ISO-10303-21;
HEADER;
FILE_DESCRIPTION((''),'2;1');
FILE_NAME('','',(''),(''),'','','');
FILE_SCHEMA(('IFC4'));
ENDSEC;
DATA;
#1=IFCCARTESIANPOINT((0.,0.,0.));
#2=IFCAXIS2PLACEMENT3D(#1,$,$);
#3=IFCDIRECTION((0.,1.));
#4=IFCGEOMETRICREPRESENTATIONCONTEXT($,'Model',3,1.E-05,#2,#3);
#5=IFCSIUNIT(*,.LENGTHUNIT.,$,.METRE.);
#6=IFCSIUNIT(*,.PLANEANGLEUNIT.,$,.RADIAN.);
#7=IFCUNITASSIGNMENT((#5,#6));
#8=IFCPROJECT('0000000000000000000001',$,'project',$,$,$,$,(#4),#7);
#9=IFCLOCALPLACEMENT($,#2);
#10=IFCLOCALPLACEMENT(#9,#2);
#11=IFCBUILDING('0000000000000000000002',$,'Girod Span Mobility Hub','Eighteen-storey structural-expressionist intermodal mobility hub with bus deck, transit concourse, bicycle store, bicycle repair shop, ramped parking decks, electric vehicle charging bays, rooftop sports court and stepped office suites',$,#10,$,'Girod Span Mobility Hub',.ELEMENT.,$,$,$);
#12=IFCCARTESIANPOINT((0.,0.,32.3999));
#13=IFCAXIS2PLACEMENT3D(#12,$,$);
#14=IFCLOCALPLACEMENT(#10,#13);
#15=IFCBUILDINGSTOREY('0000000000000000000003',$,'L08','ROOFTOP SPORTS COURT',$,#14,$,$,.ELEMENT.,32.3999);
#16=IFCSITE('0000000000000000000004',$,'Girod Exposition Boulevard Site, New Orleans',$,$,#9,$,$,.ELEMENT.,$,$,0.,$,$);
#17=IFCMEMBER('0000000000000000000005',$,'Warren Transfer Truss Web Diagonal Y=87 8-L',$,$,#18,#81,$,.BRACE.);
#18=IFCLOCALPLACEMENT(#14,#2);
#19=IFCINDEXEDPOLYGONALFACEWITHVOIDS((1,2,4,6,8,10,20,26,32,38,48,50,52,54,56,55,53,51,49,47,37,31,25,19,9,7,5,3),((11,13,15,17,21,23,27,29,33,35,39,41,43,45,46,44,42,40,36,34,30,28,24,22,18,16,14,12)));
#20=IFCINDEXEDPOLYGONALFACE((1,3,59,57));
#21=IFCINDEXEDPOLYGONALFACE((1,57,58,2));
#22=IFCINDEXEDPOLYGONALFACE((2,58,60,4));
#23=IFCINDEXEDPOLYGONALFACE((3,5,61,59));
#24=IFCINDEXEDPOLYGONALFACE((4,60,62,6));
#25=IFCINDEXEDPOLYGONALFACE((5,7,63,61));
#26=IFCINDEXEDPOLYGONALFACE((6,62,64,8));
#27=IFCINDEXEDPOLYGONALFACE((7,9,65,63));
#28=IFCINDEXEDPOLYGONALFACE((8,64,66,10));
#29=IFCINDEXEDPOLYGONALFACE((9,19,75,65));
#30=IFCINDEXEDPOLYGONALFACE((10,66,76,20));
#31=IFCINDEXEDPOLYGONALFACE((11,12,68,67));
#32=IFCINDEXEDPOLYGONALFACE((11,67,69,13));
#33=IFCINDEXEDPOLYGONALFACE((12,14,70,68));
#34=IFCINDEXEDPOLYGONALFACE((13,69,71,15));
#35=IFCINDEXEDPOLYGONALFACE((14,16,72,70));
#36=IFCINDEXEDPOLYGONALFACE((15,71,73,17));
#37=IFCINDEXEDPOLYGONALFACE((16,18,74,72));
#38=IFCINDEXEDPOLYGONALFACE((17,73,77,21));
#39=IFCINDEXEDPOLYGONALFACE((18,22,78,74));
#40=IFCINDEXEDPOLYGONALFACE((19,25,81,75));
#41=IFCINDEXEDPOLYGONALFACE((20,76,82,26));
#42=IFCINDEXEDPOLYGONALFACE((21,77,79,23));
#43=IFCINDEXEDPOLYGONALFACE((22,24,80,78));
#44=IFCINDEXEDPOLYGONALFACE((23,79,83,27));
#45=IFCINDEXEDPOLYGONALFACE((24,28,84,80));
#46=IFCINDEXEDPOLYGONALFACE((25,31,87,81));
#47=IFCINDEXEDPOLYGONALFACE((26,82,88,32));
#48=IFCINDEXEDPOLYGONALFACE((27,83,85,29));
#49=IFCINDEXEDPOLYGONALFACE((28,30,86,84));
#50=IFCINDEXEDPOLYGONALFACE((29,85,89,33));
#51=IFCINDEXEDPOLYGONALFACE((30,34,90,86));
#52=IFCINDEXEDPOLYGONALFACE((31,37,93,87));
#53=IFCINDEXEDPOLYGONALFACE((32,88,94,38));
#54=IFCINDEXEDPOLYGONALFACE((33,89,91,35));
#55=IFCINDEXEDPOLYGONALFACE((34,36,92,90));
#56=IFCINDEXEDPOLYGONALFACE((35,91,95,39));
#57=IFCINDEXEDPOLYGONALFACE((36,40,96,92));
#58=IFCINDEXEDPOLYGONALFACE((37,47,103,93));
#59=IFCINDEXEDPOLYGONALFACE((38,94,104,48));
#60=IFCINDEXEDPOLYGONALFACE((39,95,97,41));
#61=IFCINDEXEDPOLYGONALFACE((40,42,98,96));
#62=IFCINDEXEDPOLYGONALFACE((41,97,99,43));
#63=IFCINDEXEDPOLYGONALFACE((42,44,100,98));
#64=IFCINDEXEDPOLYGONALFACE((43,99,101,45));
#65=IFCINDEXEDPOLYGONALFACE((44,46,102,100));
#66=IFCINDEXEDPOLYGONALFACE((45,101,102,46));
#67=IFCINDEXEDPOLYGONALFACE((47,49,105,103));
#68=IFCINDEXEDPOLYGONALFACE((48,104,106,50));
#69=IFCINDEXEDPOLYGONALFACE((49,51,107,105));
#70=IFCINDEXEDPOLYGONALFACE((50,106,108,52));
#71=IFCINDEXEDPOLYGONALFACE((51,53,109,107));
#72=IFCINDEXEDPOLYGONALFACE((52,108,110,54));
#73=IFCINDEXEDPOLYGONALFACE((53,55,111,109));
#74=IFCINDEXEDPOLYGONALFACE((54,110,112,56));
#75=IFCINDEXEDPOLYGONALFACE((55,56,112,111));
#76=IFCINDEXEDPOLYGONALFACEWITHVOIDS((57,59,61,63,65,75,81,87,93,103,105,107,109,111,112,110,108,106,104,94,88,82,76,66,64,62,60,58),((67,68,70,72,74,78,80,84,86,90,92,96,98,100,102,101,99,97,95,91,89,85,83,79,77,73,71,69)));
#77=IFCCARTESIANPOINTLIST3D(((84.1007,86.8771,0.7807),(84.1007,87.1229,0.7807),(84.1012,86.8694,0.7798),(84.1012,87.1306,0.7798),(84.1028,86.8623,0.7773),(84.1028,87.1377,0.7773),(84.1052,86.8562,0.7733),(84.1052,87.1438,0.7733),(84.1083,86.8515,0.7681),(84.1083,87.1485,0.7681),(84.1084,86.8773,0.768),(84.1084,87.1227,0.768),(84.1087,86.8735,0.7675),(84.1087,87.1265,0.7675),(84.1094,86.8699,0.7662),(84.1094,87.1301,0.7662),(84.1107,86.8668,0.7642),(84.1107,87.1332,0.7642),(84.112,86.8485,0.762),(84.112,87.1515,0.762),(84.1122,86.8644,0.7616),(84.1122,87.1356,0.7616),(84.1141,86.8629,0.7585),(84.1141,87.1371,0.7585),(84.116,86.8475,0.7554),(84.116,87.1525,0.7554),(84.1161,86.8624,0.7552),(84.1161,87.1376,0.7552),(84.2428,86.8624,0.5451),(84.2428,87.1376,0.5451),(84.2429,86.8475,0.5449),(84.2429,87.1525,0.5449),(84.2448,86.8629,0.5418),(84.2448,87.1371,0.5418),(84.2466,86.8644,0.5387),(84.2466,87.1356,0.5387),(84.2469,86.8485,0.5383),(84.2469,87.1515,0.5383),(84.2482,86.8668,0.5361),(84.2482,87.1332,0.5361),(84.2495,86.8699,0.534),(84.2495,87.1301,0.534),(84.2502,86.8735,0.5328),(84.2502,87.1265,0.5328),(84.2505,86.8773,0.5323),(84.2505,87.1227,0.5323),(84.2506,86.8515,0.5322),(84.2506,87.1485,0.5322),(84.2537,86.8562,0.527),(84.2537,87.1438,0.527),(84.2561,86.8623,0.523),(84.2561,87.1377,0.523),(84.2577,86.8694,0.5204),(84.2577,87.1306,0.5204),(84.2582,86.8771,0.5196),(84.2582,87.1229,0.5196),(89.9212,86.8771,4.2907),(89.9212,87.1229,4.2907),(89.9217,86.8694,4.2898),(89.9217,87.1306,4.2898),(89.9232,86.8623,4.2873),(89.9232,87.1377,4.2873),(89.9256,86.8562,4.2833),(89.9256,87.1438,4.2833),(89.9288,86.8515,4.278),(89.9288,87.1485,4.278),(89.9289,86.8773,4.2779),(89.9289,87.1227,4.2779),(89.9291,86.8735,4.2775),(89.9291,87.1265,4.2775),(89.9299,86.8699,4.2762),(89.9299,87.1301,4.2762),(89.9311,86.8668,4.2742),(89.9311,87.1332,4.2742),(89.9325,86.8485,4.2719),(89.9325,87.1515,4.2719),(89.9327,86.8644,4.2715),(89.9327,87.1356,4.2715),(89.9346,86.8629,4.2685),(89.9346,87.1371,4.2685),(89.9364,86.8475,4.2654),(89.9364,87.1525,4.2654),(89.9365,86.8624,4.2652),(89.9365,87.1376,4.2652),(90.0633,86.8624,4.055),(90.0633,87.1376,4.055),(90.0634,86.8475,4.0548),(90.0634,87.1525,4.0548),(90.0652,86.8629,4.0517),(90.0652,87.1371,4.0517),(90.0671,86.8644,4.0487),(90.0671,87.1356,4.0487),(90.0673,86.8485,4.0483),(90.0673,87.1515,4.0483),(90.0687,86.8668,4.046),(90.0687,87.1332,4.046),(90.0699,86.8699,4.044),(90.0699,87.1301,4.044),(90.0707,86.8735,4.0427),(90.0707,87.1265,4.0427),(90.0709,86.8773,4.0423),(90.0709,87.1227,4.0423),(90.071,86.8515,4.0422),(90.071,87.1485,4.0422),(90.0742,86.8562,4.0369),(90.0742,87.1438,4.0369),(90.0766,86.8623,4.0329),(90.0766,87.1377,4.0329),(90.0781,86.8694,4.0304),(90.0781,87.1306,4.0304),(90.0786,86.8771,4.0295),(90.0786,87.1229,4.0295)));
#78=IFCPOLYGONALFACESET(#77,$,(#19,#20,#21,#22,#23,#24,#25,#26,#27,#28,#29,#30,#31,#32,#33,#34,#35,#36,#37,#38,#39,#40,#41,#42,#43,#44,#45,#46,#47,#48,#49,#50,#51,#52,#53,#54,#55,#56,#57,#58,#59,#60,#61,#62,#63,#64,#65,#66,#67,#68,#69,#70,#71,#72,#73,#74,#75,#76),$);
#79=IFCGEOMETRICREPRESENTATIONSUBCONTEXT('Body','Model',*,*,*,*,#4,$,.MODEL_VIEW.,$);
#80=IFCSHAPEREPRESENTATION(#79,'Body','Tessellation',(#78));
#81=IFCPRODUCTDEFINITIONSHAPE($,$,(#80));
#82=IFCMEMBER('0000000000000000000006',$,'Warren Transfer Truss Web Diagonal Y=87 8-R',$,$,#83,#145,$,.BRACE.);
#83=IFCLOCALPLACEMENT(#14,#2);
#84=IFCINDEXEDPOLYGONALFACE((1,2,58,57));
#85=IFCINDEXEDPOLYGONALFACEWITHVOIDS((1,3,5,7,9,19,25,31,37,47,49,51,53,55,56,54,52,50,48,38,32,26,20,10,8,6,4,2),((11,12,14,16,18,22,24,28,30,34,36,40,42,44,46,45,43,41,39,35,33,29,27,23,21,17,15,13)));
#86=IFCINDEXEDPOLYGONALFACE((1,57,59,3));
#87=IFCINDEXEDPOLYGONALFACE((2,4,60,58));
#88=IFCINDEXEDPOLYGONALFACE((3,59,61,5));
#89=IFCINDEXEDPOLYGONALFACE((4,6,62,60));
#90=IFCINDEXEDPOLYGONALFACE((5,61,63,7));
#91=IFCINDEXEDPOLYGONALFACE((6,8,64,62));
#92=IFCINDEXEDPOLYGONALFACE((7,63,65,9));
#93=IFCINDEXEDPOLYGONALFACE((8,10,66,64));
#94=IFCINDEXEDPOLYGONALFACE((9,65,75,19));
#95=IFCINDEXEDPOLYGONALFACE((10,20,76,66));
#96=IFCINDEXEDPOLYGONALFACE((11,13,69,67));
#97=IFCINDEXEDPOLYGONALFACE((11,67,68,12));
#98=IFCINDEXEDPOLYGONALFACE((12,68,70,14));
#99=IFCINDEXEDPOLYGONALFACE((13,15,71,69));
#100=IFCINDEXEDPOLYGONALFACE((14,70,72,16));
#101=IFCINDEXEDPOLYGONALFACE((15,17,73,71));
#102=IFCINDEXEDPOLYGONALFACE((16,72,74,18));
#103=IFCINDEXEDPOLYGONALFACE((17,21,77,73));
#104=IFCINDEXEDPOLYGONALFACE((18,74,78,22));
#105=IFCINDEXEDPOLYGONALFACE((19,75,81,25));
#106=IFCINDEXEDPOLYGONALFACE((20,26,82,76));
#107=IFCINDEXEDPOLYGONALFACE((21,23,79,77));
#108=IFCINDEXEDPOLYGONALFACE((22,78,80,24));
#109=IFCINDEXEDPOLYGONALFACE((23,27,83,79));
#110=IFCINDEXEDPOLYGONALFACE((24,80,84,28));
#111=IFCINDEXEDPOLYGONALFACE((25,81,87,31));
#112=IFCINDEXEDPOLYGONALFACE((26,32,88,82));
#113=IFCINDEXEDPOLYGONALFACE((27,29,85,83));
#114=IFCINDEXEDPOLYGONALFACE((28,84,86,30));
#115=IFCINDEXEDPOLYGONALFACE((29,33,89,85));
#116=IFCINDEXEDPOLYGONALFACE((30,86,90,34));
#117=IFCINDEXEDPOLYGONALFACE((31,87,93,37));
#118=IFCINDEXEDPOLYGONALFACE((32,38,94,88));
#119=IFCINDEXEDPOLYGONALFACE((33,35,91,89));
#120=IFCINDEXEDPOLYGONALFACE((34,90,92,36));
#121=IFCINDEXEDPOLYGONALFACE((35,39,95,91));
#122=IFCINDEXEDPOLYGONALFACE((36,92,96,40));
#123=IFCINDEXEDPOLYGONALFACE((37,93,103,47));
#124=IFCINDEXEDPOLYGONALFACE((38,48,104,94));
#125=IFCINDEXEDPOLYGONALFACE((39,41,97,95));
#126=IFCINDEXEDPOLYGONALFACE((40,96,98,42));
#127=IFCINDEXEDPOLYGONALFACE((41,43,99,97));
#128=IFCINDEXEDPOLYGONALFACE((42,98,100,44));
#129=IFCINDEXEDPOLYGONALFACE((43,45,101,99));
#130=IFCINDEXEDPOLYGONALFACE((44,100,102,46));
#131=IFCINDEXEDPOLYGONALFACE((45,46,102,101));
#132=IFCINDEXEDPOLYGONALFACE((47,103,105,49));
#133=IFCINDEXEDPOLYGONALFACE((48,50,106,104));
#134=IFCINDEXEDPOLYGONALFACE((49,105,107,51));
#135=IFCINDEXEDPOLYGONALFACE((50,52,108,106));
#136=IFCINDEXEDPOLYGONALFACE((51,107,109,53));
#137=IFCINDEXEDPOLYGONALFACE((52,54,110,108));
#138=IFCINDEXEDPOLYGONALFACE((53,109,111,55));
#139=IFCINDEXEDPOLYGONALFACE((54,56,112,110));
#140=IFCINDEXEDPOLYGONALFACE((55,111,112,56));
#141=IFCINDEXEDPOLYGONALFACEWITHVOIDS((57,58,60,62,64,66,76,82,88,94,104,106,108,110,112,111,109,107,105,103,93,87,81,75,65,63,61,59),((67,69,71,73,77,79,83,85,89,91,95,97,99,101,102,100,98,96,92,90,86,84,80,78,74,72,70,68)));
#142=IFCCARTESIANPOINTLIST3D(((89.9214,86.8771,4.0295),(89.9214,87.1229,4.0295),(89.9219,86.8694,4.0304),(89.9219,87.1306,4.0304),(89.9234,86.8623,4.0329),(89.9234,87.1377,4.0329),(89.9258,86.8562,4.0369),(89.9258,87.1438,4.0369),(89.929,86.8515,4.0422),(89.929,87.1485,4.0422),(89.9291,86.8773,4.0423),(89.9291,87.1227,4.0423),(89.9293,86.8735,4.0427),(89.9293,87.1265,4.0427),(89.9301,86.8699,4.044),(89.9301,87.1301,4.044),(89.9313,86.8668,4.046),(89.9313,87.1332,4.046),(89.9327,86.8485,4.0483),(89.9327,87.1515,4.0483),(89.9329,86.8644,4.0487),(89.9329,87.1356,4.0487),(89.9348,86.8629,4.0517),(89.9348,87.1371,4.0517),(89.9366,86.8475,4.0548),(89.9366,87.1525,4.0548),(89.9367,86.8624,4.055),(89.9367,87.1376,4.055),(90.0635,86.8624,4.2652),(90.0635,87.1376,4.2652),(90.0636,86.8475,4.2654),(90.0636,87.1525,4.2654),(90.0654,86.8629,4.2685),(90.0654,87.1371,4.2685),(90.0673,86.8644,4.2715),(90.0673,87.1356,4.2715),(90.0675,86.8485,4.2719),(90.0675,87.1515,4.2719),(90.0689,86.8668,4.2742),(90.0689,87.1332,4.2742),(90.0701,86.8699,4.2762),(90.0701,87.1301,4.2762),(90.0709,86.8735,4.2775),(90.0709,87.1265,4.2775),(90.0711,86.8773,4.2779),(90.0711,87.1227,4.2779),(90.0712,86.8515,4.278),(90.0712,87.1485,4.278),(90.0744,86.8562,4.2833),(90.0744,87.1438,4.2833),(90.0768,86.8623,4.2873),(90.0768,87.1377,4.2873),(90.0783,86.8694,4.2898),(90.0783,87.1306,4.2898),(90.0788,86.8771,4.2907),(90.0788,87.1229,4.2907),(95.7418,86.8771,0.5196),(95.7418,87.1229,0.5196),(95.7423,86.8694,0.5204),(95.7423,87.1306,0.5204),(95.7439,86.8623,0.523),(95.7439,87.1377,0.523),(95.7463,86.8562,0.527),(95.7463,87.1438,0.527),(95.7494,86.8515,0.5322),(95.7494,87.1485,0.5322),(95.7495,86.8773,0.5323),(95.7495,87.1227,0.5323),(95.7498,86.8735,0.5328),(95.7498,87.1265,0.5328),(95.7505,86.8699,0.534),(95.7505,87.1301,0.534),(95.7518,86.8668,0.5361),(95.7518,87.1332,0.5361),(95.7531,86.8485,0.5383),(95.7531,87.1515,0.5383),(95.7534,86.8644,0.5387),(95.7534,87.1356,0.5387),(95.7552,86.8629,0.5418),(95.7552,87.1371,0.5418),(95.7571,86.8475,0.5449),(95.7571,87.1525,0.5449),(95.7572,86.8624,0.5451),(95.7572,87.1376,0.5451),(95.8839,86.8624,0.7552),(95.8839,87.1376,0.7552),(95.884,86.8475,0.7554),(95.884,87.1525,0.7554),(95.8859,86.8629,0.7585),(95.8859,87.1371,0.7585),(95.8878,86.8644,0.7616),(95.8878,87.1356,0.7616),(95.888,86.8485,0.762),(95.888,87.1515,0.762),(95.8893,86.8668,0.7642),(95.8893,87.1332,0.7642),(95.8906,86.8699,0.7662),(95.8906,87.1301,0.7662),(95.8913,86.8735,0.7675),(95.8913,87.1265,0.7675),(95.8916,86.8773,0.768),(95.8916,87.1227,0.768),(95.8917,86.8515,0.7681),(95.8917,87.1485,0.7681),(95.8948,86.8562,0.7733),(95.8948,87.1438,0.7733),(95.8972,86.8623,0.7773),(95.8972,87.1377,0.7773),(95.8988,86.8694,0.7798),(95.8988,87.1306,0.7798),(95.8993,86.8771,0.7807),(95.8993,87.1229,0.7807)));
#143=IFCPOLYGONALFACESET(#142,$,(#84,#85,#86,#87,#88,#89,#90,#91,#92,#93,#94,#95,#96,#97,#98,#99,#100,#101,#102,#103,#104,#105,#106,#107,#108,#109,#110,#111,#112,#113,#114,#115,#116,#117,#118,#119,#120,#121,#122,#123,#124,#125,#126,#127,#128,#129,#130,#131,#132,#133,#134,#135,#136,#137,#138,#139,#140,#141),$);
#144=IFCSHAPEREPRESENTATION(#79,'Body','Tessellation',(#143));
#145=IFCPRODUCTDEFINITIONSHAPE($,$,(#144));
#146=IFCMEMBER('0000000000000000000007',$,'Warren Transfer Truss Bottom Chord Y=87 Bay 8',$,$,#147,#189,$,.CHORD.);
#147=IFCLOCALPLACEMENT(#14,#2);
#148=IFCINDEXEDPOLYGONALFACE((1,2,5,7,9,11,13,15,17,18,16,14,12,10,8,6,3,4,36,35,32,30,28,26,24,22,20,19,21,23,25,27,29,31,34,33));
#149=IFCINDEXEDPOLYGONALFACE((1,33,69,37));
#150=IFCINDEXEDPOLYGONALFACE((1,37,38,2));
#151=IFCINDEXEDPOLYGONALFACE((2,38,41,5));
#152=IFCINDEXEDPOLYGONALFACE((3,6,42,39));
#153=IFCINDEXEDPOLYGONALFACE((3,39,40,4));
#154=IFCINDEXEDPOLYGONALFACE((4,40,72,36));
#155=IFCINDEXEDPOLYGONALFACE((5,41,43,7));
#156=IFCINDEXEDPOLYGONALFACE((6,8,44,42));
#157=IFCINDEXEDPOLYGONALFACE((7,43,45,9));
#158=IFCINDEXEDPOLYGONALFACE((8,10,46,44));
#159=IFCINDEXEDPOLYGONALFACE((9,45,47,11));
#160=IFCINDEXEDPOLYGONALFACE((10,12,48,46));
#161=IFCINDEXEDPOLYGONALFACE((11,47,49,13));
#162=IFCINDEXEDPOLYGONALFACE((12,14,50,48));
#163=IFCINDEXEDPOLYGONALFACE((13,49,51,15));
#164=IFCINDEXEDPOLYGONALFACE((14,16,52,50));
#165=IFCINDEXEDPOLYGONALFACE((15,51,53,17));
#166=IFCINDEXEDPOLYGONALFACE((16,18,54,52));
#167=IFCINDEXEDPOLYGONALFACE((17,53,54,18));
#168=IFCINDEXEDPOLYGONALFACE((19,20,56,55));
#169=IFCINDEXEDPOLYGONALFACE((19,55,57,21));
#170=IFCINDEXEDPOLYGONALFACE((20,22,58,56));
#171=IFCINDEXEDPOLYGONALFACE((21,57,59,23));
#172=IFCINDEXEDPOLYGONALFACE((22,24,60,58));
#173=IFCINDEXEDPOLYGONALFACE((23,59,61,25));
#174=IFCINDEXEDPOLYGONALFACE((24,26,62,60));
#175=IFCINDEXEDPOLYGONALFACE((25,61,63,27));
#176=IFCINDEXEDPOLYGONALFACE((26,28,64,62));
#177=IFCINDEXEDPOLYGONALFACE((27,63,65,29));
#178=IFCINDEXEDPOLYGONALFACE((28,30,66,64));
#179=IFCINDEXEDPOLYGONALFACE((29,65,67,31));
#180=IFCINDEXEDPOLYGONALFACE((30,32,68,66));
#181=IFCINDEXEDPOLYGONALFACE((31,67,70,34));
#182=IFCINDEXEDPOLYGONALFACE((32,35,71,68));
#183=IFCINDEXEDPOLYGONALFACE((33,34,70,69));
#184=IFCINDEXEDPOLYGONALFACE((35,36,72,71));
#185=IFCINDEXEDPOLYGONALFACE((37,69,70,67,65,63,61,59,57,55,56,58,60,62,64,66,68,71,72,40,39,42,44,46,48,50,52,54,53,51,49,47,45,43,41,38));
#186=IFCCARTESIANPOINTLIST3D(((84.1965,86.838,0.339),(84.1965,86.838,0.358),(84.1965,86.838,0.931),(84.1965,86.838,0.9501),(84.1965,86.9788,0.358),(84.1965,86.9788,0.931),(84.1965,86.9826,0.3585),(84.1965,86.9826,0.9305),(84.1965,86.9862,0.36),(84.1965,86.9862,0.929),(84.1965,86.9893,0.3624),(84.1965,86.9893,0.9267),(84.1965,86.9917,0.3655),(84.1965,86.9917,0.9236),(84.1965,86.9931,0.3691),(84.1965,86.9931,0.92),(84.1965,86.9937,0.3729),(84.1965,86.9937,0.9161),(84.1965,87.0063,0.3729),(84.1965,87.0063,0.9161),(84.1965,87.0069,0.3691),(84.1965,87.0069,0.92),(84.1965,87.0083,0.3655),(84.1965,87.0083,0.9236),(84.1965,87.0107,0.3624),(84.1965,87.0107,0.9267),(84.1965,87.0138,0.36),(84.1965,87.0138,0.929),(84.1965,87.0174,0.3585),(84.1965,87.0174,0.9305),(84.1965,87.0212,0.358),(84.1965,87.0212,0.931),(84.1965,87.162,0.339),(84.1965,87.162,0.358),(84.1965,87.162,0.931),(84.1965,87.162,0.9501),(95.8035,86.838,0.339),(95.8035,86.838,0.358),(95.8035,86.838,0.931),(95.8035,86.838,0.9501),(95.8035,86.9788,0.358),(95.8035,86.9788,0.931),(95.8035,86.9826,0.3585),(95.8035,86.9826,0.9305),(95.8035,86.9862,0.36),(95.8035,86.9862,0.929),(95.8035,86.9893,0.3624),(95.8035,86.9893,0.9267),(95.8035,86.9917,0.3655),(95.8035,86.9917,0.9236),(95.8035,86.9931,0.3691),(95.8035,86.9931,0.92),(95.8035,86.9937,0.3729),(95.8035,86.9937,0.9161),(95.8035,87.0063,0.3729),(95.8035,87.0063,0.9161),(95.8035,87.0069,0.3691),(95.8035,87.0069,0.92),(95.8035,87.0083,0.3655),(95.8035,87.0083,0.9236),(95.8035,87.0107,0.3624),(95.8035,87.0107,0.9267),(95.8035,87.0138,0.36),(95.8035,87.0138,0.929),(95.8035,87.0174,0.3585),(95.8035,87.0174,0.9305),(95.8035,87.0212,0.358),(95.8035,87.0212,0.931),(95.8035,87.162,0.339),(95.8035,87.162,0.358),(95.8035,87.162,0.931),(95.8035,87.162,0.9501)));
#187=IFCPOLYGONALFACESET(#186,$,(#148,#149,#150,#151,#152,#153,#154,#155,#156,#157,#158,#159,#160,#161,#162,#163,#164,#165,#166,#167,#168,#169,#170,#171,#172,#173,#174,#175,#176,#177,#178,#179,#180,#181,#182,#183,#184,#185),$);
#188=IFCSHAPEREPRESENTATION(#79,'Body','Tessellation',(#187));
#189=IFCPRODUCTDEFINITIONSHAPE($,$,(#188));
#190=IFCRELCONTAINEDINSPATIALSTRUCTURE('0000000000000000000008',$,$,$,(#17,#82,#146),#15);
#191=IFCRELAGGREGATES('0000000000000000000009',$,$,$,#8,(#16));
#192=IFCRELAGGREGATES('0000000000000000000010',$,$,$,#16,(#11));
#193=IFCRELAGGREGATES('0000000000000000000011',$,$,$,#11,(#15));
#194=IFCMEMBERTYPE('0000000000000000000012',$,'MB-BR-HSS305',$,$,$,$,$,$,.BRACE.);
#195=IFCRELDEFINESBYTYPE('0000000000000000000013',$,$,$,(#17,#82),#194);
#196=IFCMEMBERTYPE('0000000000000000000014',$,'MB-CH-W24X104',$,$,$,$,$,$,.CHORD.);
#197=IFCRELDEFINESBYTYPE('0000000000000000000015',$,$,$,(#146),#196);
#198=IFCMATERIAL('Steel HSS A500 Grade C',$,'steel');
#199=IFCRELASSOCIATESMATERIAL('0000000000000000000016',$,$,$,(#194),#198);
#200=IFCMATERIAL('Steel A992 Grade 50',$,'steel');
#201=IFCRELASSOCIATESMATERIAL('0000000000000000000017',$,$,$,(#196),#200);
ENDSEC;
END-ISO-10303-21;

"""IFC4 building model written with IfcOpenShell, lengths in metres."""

from ifc_helpers import new_model, si_unit, direction, frame, origin, origin_2d, place, context, subcontext, project, spatial, hollow_rectangle, i_section, extrude, material, material_profile, profile_set, type_object, element, save


model = new_model("IFC4")

# Units and contexts
model_context = context("Model", 3, precision=1e-05, world=origin(), true_north=direction((0.0, 1.0)))
body_context = subcontext(model_context, "Body", "Model", "MODEL_VIEW")
ifc_project = project(units=[si_unit("LENGTHUNIT", "METRE"), si_unit("PLANEANGLEUNIT", "RADIAN")], contexts=[model_context])

# Site, building, storey
site_placement = place(None, origin())
site = spatial("IfcSite", under=ifc_project, at=site_placement, Name="Girod Exposition Boulevard Site, New Orleans", CompositionType="ELEMENT", RefElevation=0.0)
building_placement = place(site_placement, origin())
building = spatial("IfcBuilding", under=site, at=building_placement, Name="Girod Span Mobility Hub", Description="Eighteen-storey structural-expressionist intermodal mobility hub with bus deck, transit concourse, bicycle store, bicycle repair shop, ramped parking decks, electric vehicle charging bays, rooftop sports court and stepped office suites", LongName="Girod Span Mobility Hub", CompositionType="ELEMENT")
storey_placement = place(building_placement, frame((0.0, 0.0, 32.3999)))
storey = spatial("IfcBuildingStorey", under=building, at=storey_placement, Name="L08", Description="ROOFTOP SPORTS COURT", CompositionType="ELEMENT", Elevation=32.3999)

# Members
ifc_material_1 = material(Name="Steel HSS A500 Grade C", Category="steel")
ifc_material_profile_1 = material_profile(ifc_material_1, hollow_rectangle(XDim=0.3049, YDim=0.3049, WallThickness=0.0149, InnerFilletRadius=0.0149, OuterFilletRadius=0.0295, at=origin_2d()), Name="HSS305X305X16")
ifc_profile_set_1 = profile_set([ifc_material_profile_1], Name="Steel HSS A500 Grade C")
member_type_1 = type_object("IfcMemberType", Name="MB-BR-HSS305", PredefinedType="BRACE", material=ifc_profile_set_1)
for number, where, z_axis, x_axis, name in (
    (1, (84.1794, 87.0, 0.6501), (0.856344, 0.0, 0.516407), (0.0, 1.0, 0.0), "Warren Transfer Truss Web Diagonal Y=87 8-L"),
    (2, (95.8206, 87.0, 0.6501), (-0.856344, 0.0, 0.516407), (0.0, -1.0, 0.0), "Warren Transfer Truss Web Diagonal Y=87 8-R"),
):
    element("IfcMember", number, at=place(storey_placement, frame(where, z_axis=z_axis, x_axis=x_axis)), inside=storey, type_object=member_type_1, Name=name, PredefinedType="BRACE", context=body_context, shape_type="SweptSolid", body=[
        extrude(hollow_rectangle(XDim=0.3049, YDim=0.3049, WallThickness=0.0149, InnerFilletRadius=0.0149, OuterFilletRadius=0.0295, at=origin_2d()), origin(), (0.0, 0.0, 1.0), 6.7969),
    ])
ifc_material_2 = material(Name="Steel A992 Grade 50", Category="steel")
ifc_material_profile_2 = material_profile(ifc_material_2, i_section(OverallWidth=0.324, OverallDepth=0.6111, WebThickness=0.0127, FlangeThickness=0.019, FilletRadius=0.0149, at=origin_2d()), Name="W24X104")
ifc_profile_set_2 = profile_set([ifc_material_profile_2], Name="Steel A992 Grade 50")
member_type_2 = type_object("IfcMemberType", Name="MB-CH-W24X104", PredefinedType="CHORD", material=ifc_profile_set_2)
member_1_placement = place(storey_placement, frame((84.1965, 87.0, 0.6445), z_axis=(1.0, 0.0, 0.0), x_axis=(0.0, 1.0, 0.0)))
element("IfcMember", 3, at=member_1_placement, inside=storey, type_object=member_type_2, Name="Warren Transfer Truss Bottom Chord Y=87 Bay 8", PredefinedType="CHORD", context=body_context, shape_type="SweptSolid", body=[
    extrude(i_section(OverallWidth=0.324, OverallDepth=0.6111, WebThickness=0.0127, FlangeThickness=0.019, FilletRadius=0.0149, at=origin_2d()), origin(), (0.0, 0.0, 1.0), 11.6069),
])

save(model, "model.ifc")
